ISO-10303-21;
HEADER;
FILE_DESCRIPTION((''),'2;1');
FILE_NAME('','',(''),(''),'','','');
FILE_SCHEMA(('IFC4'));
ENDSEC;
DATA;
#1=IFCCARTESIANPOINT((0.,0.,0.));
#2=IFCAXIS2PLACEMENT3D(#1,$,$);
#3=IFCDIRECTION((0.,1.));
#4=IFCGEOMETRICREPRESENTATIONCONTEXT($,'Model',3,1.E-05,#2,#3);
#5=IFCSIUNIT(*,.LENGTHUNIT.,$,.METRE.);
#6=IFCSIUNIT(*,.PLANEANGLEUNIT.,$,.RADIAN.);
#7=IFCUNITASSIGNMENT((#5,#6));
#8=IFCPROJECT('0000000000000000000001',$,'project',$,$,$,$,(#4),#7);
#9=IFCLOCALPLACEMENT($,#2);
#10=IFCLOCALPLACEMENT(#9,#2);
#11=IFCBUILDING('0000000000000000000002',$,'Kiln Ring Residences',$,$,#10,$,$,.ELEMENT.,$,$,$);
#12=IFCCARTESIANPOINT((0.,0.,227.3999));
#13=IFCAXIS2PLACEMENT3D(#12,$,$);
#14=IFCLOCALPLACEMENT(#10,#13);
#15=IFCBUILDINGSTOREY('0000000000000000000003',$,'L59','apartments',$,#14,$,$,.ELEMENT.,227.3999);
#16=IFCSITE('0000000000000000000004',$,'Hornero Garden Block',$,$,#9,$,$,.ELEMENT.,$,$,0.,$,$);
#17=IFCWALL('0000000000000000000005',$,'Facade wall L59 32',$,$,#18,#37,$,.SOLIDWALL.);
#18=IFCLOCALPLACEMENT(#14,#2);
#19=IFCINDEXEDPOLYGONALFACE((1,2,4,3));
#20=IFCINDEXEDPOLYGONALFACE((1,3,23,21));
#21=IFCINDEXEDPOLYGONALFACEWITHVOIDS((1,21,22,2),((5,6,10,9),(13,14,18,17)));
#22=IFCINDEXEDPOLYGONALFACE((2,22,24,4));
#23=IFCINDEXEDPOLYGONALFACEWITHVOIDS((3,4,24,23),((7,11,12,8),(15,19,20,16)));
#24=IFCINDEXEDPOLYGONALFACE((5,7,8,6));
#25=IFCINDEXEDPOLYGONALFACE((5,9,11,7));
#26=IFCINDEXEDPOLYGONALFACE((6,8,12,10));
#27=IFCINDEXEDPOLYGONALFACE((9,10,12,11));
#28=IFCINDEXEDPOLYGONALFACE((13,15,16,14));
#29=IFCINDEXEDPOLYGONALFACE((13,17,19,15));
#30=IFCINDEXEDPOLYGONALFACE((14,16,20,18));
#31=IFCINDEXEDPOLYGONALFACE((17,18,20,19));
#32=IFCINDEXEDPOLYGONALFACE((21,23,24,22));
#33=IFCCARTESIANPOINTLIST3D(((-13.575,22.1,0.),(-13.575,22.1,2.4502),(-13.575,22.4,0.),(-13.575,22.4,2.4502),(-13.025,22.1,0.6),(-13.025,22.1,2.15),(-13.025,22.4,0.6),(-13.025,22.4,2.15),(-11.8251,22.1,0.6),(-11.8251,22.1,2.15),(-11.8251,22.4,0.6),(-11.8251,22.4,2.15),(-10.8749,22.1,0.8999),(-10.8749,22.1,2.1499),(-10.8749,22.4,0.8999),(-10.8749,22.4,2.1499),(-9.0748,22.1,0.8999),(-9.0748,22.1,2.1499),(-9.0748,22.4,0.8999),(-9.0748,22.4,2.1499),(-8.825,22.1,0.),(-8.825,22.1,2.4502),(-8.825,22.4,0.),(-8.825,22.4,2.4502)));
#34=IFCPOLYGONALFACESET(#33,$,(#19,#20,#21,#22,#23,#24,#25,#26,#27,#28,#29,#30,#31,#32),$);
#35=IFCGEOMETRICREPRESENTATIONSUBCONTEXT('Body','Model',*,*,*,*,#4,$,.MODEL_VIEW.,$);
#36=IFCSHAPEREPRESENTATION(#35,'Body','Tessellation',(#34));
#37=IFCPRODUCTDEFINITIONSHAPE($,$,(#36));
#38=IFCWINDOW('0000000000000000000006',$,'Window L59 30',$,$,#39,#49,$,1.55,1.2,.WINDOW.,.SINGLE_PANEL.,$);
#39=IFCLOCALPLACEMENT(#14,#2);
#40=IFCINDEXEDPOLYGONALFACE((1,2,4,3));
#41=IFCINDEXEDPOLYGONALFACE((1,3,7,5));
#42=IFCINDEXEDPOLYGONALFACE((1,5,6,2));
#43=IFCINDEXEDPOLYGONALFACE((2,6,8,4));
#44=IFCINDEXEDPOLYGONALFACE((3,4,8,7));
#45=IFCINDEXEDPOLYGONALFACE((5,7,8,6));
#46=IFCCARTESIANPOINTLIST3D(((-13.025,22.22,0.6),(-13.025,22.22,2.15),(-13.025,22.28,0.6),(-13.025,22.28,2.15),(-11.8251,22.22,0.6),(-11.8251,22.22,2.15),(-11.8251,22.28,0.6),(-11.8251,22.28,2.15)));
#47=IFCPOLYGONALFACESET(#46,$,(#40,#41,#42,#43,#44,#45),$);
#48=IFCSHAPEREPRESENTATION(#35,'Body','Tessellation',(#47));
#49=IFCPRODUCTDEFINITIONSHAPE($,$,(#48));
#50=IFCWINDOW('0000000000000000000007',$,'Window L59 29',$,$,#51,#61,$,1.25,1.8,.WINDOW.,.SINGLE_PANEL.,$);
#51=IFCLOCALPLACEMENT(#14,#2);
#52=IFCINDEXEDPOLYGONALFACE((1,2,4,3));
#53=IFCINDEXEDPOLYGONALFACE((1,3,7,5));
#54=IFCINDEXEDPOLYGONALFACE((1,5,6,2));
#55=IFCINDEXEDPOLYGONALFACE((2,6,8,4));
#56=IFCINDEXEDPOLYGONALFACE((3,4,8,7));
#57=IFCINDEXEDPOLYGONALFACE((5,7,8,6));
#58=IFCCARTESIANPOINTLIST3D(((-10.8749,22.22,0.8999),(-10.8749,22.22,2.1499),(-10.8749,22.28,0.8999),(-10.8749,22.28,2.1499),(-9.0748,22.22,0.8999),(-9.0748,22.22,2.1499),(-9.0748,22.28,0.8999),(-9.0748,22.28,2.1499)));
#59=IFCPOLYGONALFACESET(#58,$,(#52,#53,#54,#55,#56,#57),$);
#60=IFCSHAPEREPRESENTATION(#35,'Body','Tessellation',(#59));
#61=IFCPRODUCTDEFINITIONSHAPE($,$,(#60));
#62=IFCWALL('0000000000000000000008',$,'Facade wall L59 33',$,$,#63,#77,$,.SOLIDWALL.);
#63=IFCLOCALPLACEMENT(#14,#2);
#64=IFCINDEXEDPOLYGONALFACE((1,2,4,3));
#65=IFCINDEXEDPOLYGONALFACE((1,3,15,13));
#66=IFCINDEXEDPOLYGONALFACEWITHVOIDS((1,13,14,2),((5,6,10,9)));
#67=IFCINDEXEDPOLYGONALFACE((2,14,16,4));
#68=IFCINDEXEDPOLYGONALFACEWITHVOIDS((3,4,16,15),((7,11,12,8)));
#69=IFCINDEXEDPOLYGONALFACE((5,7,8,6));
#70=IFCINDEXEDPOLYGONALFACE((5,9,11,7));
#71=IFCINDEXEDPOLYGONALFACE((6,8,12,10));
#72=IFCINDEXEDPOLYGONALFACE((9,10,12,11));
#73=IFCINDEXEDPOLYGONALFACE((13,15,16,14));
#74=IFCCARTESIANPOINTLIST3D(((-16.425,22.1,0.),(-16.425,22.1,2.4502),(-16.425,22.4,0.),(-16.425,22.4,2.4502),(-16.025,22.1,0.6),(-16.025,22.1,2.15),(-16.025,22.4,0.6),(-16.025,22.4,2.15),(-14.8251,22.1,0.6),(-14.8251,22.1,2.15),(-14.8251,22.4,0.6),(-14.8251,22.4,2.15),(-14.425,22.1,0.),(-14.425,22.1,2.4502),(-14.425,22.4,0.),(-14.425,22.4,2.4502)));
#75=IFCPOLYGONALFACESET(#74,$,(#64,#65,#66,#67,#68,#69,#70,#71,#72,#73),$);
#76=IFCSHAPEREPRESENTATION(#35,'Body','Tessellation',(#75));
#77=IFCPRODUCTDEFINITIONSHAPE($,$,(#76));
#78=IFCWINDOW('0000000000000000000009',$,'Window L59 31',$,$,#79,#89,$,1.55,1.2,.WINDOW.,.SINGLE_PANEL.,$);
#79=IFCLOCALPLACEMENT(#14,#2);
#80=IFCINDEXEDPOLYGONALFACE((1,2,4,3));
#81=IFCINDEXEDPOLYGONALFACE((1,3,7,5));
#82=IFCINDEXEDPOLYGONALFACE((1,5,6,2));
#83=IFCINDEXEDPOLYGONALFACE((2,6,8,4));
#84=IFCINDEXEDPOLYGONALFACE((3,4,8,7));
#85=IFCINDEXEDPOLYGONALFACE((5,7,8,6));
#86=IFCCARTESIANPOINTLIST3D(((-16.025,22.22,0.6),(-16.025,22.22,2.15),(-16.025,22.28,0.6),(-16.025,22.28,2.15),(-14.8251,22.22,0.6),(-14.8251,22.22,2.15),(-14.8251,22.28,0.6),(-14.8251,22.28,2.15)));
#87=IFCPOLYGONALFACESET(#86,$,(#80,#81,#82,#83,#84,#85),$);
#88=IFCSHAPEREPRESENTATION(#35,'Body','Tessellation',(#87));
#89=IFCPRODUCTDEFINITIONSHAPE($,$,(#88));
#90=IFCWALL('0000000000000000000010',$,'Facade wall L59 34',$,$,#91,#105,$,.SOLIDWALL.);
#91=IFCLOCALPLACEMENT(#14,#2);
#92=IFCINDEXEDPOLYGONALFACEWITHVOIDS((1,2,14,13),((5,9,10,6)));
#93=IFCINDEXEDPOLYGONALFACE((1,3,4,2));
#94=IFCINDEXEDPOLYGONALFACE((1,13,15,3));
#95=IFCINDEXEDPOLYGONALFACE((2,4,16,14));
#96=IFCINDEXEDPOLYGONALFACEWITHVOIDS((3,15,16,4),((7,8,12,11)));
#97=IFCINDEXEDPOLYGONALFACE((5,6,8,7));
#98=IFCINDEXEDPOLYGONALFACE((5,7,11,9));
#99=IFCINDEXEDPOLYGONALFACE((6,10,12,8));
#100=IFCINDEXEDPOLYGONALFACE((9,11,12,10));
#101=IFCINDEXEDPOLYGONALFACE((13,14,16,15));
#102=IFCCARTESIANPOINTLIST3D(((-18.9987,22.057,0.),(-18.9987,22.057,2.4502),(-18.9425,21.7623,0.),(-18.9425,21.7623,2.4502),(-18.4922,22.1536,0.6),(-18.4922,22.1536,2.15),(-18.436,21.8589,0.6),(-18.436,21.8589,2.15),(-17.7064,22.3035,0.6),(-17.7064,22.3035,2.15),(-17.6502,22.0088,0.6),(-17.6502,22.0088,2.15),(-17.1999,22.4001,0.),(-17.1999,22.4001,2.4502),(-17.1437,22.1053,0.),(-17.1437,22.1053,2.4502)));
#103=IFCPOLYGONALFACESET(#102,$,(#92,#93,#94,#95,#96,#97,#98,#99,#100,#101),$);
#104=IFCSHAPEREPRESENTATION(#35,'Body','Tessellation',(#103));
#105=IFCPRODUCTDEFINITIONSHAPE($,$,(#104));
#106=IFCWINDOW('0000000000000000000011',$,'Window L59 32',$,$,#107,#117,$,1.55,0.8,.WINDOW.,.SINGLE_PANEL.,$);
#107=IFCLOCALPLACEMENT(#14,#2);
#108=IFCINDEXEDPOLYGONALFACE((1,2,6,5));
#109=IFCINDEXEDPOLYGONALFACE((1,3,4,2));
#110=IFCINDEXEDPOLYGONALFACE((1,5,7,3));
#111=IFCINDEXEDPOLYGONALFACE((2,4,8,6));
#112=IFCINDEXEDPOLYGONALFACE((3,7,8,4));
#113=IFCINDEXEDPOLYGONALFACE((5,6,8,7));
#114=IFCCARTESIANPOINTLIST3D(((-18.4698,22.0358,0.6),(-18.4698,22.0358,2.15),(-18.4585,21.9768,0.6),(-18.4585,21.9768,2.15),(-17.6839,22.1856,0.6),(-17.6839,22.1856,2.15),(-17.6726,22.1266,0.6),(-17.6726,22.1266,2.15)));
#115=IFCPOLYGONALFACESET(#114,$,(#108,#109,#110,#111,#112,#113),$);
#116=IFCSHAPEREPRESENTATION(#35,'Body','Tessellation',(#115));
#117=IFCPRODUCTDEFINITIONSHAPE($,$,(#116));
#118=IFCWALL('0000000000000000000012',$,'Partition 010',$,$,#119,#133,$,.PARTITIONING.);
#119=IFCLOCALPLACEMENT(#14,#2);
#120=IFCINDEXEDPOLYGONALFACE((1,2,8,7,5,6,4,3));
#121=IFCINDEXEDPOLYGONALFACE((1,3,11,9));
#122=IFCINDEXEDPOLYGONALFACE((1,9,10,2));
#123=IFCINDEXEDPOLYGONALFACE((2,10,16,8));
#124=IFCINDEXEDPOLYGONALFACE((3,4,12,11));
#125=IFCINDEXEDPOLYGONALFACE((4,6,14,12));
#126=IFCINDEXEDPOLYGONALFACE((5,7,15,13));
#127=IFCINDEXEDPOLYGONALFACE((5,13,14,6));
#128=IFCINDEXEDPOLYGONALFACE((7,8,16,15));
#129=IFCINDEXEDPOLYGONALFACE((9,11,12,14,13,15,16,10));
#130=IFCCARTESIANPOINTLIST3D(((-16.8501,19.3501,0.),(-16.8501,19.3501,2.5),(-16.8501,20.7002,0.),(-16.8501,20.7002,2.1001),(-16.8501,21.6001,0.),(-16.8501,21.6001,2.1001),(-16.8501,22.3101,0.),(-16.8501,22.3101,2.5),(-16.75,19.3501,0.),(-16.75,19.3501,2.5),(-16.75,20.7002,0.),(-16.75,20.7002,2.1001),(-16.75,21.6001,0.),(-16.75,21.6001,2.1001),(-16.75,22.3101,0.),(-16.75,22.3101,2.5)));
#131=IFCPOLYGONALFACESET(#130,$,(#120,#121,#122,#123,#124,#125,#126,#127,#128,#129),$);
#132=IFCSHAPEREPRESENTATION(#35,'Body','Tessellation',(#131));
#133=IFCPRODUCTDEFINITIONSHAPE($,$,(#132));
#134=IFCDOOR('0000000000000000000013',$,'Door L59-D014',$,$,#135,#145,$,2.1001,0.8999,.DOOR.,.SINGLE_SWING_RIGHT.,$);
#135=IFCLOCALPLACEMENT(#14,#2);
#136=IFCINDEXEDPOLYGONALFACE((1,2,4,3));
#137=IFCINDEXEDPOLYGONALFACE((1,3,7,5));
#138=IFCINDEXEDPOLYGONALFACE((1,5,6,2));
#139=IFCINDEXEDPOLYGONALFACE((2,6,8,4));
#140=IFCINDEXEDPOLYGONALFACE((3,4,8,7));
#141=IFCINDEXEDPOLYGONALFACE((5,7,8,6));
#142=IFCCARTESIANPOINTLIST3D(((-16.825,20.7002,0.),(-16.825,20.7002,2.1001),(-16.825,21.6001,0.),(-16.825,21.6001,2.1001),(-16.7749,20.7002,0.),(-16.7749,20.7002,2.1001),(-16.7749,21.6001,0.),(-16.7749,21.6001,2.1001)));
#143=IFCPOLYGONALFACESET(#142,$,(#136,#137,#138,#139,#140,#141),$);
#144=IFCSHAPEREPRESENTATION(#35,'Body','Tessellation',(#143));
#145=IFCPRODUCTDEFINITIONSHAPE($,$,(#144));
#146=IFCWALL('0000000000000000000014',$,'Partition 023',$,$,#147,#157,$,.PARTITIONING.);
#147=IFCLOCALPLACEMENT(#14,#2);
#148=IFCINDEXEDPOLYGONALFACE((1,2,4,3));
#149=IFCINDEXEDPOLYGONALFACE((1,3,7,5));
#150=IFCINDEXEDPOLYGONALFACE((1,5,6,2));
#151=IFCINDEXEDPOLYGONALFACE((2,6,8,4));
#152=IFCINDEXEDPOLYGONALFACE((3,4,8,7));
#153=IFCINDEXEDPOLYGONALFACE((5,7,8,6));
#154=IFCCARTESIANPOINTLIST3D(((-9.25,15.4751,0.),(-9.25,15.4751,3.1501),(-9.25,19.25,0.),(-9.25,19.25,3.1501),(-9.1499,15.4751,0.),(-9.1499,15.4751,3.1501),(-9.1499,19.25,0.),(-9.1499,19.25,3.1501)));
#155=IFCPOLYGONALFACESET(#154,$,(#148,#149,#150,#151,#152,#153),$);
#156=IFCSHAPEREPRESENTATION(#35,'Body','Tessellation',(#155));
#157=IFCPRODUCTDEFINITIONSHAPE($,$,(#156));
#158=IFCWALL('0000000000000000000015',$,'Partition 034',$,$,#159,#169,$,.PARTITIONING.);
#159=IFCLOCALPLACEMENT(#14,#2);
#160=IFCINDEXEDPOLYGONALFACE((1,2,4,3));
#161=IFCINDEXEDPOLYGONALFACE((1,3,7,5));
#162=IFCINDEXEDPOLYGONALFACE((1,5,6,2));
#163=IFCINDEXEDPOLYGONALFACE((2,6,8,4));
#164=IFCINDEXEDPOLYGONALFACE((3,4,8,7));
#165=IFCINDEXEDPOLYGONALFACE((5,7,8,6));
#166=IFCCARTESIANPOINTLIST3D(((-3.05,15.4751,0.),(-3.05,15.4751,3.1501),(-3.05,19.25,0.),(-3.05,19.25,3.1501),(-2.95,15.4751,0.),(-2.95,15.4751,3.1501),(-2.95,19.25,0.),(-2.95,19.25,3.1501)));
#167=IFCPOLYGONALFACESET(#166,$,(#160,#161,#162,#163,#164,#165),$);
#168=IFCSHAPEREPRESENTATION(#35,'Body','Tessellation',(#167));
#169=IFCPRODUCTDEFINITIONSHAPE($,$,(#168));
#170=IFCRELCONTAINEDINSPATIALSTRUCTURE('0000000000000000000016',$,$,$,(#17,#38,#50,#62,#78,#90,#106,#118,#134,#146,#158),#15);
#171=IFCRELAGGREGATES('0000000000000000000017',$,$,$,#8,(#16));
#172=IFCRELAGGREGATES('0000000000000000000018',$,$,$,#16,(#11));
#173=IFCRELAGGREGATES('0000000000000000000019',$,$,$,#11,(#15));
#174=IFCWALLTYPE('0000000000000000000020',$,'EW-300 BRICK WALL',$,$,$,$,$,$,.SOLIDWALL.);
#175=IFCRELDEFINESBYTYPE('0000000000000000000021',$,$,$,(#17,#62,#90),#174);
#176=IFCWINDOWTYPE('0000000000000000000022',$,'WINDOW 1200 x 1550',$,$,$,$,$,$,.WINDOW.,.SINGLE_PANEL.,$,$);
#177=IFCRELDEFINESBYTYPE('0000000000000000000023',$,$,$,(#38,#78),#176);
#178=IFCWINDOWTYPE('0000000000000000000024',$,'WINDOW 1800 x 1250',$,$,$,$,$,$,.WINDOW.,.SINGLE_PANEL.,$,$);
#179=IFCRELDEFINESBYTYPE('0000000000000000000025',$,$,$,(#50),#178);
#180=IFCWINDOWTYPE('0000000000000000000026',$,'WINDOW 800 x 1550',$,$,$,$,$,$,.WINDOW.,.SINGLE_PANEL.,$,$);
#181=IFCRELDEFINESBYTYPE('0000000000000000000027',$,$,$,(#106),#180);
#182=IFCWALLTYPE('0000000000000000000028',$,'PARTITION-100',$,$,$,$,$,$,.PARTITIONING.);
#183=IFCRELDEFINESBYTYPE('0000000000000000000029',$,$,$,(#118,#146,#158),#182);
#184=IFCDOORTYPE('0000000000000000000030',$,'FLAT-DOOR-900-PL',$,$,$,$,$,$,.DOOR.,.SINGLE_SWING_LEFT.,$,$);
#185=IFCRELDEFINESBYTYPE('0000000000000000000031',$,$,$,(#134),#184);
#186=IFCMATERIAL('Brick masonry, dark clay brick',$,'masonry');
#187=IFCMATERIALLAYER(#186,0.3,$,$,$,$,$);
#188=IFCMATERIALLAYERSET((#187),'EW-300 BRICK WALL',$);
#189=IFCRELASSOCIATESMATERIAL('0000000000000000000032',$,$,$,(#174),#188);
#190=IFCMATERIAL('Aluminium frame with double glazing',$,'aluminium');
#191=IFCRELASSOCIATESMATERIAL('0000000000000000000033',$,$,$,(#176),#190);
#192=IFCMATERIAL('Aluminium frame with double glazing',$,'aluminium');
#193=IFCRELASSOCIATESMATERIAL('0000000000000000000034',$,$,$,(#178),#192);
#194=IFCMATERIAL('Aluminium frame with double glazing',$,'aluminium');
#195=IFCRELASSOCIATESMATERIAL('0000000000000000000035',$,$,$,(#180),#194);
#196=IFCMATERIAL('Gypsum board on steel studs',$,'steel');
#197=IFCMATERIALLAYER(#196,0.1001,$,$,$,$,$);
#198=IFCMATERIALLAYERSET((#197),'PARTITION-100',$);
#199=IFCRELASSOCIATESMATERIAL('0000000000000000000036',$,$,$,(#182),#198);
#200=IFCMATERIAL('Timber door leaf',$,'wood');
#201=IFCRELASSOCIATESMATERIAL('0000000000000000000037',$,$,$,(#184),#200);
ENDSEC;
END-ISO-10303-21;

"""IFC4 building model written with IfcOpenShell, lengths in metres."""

from ifc_helpers import new_model, si_unit, direction, frame, frame_2d, origin, place, context, subcontext, project, spatial, rectangle, extrude, material, layer, layer_set, type_object, element, fill, save


model = new_model("IFC4")

# Units and contexts
model_context = context("Model", 3, precision=1e-05, world=origin(), true_north=direction((0.0, 1.0)))
body_context = subcontext(model_context, "Body", "Model", "MODEL_VIEW")
ifc_project = project(units=[si_unit("LENGTHUNIT", "METRE"), si_unit("PLANEANGLEUNIT", "RADIAN")], contexts=[model_context])

# Site, building, storey
site_placement = place(None, origin())
site = spatial("IfcSite", under=ifc_project, at=site_placement, Name="Hornero Garden Block", CompositionType="ELEMENT", RefElevation=0.0)
building_placement = place(site_placement, origin())
building = spatial("IfcBuilding", under=site, at=building_placement, Name="Kiln Ring Residences", CompositionType="ELEMENT")
storey_placement = place(building_placement, frame((0.0, 0.0, 227.3999)))
storey = spatial("IfcBuildingStorey", under=building, at=storey_placement, Name="L59", Description="apartments", CompositionType="ELEMENT", Elevation=227.3999)

# Wall, openings, windows
ifc_material_1 = material(Name="Brick masonry, dark clay brick", Category="masonry")
ifc_layer_1 = layer(ifc_material_1, 0.3)
ifc_layer_set_1 = layer_set([ifc_layer_1], Name="EW-300 BRICK WALL")
wall_type_1 = type_object("IfcWallType", Name="EW-300 BRICK WALL", PredefinedType="SOLIDWALL", material=ifc_layer_set_1)
ifc_material_2 = material(Name="Aluminium frame with double glazing", Category="aluminium")
window_type_1 = type_object("IfcWindowType", Name="WINDOW 1200 x 1550", PartitioningType="SINGLE_PANEL", PredefinedType="WINDOW", material=ifc_material_2)
wall_1_placement = place(storey_placement, frame((-8.825, 22.25, 0.0), z_axis=(0.0, 0.0, 1.0), x_axis=(-1.0, 0.0, 0.0)))
wall_1 = element("IfcWall", 1, at=wall_1_placement, inside=storey, type_object=wall_type_1, Name="Facade wall L59 32", PredefinedType="SOLIDWALL", context=body_context, shape_type="SweptSolid", body=[
    extrude(rectangle(XDim=4.75, YDim=0.3, at=frame_2d((2.375, 0.0))), origin(), (0.0, 0.0, 1.0), 2.4502),
])
opening_1_placement = place(wall_1_placement, frame((0.25, 0.0, 0.8999)))
opening_1 = element("IfcOpeningElement", 2, at=opening_1_placement, cuts=wall_1, PredefinedType="OPENING", context=body_context, shape_type="SweptSolid", body=[
    extrude(rectangle(XDim=1.8, YDim=1.25, at=frame_2d((0.8999, 0.625))), frame((0.0, 0.1599, 0.0), z_axis=(0.0, -1.0, 0.0), x_axis=(1.0, 0.0, 0.0)), (0.0, 0.0, 1.0), 0.3201),
])
opening_2_placement = place(wall_1_placement, frame((3.0, 0.0, 0.6001)))
opening_2 = element("IfcOpeningElement", 3, at=opening_2_placement, cuts=wall_1, PredefinedType="OPENING", context=body_context, shape_type="SweptSolid", body=[
    extrude(rectangle(XDim=1.2, YDim=1.55, at=frame_2d((0.6001, 0.7749))), frame((0.0, 0.1599, 0.0), z_axis=(0.0, -1.0, 0.0), x_axis=(1.0, 0.0, 0.0)), (0.0, 0.0, 1.0), 0.3201),
])
window_1_placement = place(opening_2_placement, origin())
window_1 = element("IfcWindow", 4, at=window_1_placement, inside=storey, type_object=window_type_1, Name="Window L59 30", OverallHeight=1.55, OverallWidth=1.2, PartitioningType="SINGLE_PANEL", PredefinedType="WINDOW", context=body_context, shape_type="SweptSolid", body=[
    extrude(rectangle(XDim=1.2, YDim=1.55, at=frame_2d((0.6001, 0.7749))), frame((0.0, 0.03, 0.0), z_axis=(0.0, -1.0, 0.0), x_axis=(1.0, 0.0, 0.0)), (0.0, 0.0, 1.0), 0.0601),
])
fill(opening_2, window_1)
ifc_material_3 = material(Name="Aluminium frame with double glazing", Category="aluminium")
window_type_2 = type_object("IfcWindowType", Name="WINDOW 1800 x 1250", PartitioningType="SINGLE_PANEL", PredefinedType="WINDOW", material=ifc_material_3)
window_2_placement = place(opening_1_placement, origin())
window_2 = element("IfcWindow", 5, at=window_2_placement, inside=storey, type_object=window_type_2, Name="Window L59 29", OverallHeight=1.25, OverallWidth=1.8, PartitioningType="SINGLE_PANEL", PredefinedType="WINDOW", context=body_context, shape_type="SweptSolid", body=[
    extrude(rectangle(XDim=1.8, YDim=1.25, at=frame_2d((0.8999, 0.625))), frame((0.0, 0.03, 0.0), z_axis=(0.0, -1.0, 0.0), x_axis=(1.0, 0.0, 0.0)), (0.0, 0.0, 1.0), 0.0601),
])
fill(opening_1, window_2)

# Walls, openings, windows
wall_2_placement = place(storey_placement, frame((-14.425, 22.25, 0.0), z_axis=(0.0, 0.0, 1.0), x_axis=(-1.0, 0.0, 0.0)))
wall_2 = element("IfcWall", 6, at=wall_2_placement, inside=storey, type_object=wall_type_1, Name="Facade wall L59 33", PredefinedType="SOLIDWALL", context=body_context, shape_type="SweptSolid", body=[
    extrude(rectangle(XDim=2.0, YDim=0.3, at=frame_2d((1.0, 0.0))), origin(), (0.0, 0.0, 1.0), 2.4502),
])
opening_3_placement = place(wall_2_placement, frame((0.3999, 0.0, 0.6001)))
opening_3 = element("IfcOpeningElement", 7, at=opening_3_placement, cuts=wall_2, PredefinedType="OPENING", context=body_context, shape_type="SweptSolid", body=[
    extrude(rectangle(XDim=1.2, YDim=1.55, at=frame_2d((0.6001, 0.7749))), frame((0.0, 0.1599, 0.0), z_axis=(0.0, -1.0, 0.0), x_axis=(1.0, 0.0, 0.0)), (0.0, 0.0, 1.0), 0.3201),
])
window_3_placement = place(opening_3_placement, origin())
window_3 = element("IfcWindow", 8, at=window_3_placement, inside=storey, type_object=window_type_1, Name="Window L59 31", OverallHeight=1.55, OverallWidth=1.2, PartitioningType="SINGLE_PANEL", PredefinedType="WINDOW", context=body_context, shape_type="SweptSolid", body=[
    extrude(rectangle(XDim=1.2, YDim=1.55, at=frame_2d((0.6001, 0.7749))), frame((0.0, 0.03, 0.0), z_axis=(0.0, -1.0, 0.0), x_axis=(1.0, 0.0, 0.0)), (0.0, 0.0, 1.0), 0.0601),
])
fill(opening_3, window_3)
wall_3_placement = place(storey_placement, frame((-17.1719, 22.2527, 0.0), z_axis=(0.0, 0.0, 1.0), x_axis=(-0.9823, -0.187314, 0.0)))
wall_3 = element("IfcWall", 9, at=wall_3_placement, inside=storey, type_object=wall_type_1, Name="Facade wall L59 34", PredefinedType="SOLIDWALL", context=body_context, shape_type="SweptSolid", body=[
    extrude(rectangle(XDim=1.8313, YDim=0.3, at=frame_2d((0.9155, 0.0))), origin(), (0.0, 0.0, 1.0), 2.4502),
])
opening_4_placement = place(wall_3_placement, frame((0.5156, 0.0, 0.6001)))
opening_4 = element("IfcOpeningElement", 10, at=opening_4_placement, cuts=wall_3, PredefinedType="OPENING", context=body_context, shape_type="SweptSolid", body=[
    extrude(rectangle(XDim=0.8, YDim=1.55, at=frame_2d((0.3999, 0.7749))), frame((0.0, 0.1599, 0.0), z_axis=(0.0, -1.0, 0.0), x_axis=(1.0, 0.0, 0.0)), (0.0, 0.0, 1.0), 0.3201),
])
ifc_material_4 = material(Name="Aluminium frame with double glazing", Category="aluminium")
window_type_3 = type_object("IfcWindowType", Name="WINDOW 800 x 1550", PartitioningType="SINGLE_PANEL", PredefinedType="WINDOW", material=ifc_material_4)
window_4_placement = place(opening_4_placement, origin())
window_4 = element("IfcWindow", 11, at=window_4_placement, inside=storey, type_object=window_type_3, Name="Window L59 32", OverallHeight=1.55, OverallWidth=0.8, PartitioningType="SINGLE_PANEL", PredefinedType="WINDOW", context=body_context, shape_type="SweptSolid", body=[
    extrude(rectangle(XDim=0.8, YDim=1.55, at=frame_2d((0.3999, 0.7749))), frame((0.0, 0.03, 0.0), z_axis=(0.0, -1.0, 0.0), x_axis=(1.0, 0.0, 0.0)), (0.0, 0.0, 1.0), 0.0601),
])
fill(opening_4, window_4)

# Wall, opening, door
ifc_material_5 = material(Name="Gypsum board on steel studs", Category="steel")
ifc_layer_2 = layer(ifc_material_5, 0.1001)
ifc_layer_set_2 = layer_set([ifc_layer_2], Name="PARTITION-100")
wall_type_2 = type_object("IfcWallType", Name="PARTITION-100", PredefinedType="PARTITIONING", material=ifc_layer_set_2)
wall_4_placement = place(storey_placement, frame((-16.8, 19.3501, 0.0), z_axis=(0.0, 0.0, 1.0), x_axis=(0.0, 1.0, 0.0)))
wall_4 = element("IfcWall", 12, at=wall_4_placement, inside=storey, type_object=wall_type_2, Name="Partition 010", PredefinedType="PARTITIONING", context=body_context, shape_type="SweptSolid", body=[
    extrude(rectangle(XDim=2.96, YDim=0.1001, at=frame_2d((1.48, 0.0))), origin(), (0.0, 0.0, 1.0), 2.5),
])
opening_5_placement = place(wall_4_placement, frame((1.3501, 0.0, 0.0)))
opening_5 = element("IfcOpeningElement", 13, at=opening_5_placement, cuts=wall_4, PredefinedType="OPENING", context=body_context, shape_type="SweptSolid", body=[
    extrude(rectangle(XDim=0.8999, YDim=2.1001, at=frame_2d((0.45, 1.05))), frame((0.0, 0.0601, 0.0), z_axis=(0.0, -1.0, 0.0), x_axis=(1.0, 0.0, 0.0)), (0.0, 0.0, 1.0), 0.1201),
])
ifc_material_6 = material(Name="Timber door leaf", Category="wood")
door_type = type_object("IfcDoorType", Name="FLAT-DOOR-900-PL", OperationType="SINGLE_SWING_LEFT", PredefinedType="DOOR", material=ifc_material_6)
door_placement = place(opening_5_placement, origin())
door = element("IfcDoor", 14, at=door_placement, inside=storey, type_object=door_type, Name="Door L59-D014", OperationType="SINGLE_SWING_RIGHT", OverallHeight=2.1001, OverallWidth=0.8999, PredefinedType="DOOR", context=body_context, shape_type="SweptSolid", body=[
    extrude(rectangle(XDim=0.8999, YDim=2.1001, at=frame_2d((0.45, 1.05))), frame((0.0, 0.0249, 0.0), z_axis=(0.0, -1.0, 0.0), x_axis=(1.0, 0.0, 0.0)), (0.0, 0.0, 1.0), 0.05),
])
fill(opening_5, door)

# Walls
for number, where, z_axis, x_axis, name in (
    (15, (-9.2, 15.4751, 0.0), (0.0, 0.0, 1.0), (0.0, 1.0, 0.0), "Partition 023"),
    (16, (-3.0, 15.4751, 0.0), (0.0, 0.0, 1.0), (0.0, 1.0, 0.0), "Partition 034"),
):
    element("IfcWall", number, at=place(storey_placement, frame(where, z_axis=z_axis, x_axis=x_axis)), inside=storey, type_object=wall_type_2, Name=name, PredefinedType="PARTITIONING", context=body_context, shape_type="SweptSolid", body=[
        extrude(rectangle(XDim=3.7749, YDim=0.1001, at=frame_2d((1.8875, 0.0))), origin(), (0.0, 0.0, 1.0), 3.1501),
    ])

save(model, "model.ifc")
